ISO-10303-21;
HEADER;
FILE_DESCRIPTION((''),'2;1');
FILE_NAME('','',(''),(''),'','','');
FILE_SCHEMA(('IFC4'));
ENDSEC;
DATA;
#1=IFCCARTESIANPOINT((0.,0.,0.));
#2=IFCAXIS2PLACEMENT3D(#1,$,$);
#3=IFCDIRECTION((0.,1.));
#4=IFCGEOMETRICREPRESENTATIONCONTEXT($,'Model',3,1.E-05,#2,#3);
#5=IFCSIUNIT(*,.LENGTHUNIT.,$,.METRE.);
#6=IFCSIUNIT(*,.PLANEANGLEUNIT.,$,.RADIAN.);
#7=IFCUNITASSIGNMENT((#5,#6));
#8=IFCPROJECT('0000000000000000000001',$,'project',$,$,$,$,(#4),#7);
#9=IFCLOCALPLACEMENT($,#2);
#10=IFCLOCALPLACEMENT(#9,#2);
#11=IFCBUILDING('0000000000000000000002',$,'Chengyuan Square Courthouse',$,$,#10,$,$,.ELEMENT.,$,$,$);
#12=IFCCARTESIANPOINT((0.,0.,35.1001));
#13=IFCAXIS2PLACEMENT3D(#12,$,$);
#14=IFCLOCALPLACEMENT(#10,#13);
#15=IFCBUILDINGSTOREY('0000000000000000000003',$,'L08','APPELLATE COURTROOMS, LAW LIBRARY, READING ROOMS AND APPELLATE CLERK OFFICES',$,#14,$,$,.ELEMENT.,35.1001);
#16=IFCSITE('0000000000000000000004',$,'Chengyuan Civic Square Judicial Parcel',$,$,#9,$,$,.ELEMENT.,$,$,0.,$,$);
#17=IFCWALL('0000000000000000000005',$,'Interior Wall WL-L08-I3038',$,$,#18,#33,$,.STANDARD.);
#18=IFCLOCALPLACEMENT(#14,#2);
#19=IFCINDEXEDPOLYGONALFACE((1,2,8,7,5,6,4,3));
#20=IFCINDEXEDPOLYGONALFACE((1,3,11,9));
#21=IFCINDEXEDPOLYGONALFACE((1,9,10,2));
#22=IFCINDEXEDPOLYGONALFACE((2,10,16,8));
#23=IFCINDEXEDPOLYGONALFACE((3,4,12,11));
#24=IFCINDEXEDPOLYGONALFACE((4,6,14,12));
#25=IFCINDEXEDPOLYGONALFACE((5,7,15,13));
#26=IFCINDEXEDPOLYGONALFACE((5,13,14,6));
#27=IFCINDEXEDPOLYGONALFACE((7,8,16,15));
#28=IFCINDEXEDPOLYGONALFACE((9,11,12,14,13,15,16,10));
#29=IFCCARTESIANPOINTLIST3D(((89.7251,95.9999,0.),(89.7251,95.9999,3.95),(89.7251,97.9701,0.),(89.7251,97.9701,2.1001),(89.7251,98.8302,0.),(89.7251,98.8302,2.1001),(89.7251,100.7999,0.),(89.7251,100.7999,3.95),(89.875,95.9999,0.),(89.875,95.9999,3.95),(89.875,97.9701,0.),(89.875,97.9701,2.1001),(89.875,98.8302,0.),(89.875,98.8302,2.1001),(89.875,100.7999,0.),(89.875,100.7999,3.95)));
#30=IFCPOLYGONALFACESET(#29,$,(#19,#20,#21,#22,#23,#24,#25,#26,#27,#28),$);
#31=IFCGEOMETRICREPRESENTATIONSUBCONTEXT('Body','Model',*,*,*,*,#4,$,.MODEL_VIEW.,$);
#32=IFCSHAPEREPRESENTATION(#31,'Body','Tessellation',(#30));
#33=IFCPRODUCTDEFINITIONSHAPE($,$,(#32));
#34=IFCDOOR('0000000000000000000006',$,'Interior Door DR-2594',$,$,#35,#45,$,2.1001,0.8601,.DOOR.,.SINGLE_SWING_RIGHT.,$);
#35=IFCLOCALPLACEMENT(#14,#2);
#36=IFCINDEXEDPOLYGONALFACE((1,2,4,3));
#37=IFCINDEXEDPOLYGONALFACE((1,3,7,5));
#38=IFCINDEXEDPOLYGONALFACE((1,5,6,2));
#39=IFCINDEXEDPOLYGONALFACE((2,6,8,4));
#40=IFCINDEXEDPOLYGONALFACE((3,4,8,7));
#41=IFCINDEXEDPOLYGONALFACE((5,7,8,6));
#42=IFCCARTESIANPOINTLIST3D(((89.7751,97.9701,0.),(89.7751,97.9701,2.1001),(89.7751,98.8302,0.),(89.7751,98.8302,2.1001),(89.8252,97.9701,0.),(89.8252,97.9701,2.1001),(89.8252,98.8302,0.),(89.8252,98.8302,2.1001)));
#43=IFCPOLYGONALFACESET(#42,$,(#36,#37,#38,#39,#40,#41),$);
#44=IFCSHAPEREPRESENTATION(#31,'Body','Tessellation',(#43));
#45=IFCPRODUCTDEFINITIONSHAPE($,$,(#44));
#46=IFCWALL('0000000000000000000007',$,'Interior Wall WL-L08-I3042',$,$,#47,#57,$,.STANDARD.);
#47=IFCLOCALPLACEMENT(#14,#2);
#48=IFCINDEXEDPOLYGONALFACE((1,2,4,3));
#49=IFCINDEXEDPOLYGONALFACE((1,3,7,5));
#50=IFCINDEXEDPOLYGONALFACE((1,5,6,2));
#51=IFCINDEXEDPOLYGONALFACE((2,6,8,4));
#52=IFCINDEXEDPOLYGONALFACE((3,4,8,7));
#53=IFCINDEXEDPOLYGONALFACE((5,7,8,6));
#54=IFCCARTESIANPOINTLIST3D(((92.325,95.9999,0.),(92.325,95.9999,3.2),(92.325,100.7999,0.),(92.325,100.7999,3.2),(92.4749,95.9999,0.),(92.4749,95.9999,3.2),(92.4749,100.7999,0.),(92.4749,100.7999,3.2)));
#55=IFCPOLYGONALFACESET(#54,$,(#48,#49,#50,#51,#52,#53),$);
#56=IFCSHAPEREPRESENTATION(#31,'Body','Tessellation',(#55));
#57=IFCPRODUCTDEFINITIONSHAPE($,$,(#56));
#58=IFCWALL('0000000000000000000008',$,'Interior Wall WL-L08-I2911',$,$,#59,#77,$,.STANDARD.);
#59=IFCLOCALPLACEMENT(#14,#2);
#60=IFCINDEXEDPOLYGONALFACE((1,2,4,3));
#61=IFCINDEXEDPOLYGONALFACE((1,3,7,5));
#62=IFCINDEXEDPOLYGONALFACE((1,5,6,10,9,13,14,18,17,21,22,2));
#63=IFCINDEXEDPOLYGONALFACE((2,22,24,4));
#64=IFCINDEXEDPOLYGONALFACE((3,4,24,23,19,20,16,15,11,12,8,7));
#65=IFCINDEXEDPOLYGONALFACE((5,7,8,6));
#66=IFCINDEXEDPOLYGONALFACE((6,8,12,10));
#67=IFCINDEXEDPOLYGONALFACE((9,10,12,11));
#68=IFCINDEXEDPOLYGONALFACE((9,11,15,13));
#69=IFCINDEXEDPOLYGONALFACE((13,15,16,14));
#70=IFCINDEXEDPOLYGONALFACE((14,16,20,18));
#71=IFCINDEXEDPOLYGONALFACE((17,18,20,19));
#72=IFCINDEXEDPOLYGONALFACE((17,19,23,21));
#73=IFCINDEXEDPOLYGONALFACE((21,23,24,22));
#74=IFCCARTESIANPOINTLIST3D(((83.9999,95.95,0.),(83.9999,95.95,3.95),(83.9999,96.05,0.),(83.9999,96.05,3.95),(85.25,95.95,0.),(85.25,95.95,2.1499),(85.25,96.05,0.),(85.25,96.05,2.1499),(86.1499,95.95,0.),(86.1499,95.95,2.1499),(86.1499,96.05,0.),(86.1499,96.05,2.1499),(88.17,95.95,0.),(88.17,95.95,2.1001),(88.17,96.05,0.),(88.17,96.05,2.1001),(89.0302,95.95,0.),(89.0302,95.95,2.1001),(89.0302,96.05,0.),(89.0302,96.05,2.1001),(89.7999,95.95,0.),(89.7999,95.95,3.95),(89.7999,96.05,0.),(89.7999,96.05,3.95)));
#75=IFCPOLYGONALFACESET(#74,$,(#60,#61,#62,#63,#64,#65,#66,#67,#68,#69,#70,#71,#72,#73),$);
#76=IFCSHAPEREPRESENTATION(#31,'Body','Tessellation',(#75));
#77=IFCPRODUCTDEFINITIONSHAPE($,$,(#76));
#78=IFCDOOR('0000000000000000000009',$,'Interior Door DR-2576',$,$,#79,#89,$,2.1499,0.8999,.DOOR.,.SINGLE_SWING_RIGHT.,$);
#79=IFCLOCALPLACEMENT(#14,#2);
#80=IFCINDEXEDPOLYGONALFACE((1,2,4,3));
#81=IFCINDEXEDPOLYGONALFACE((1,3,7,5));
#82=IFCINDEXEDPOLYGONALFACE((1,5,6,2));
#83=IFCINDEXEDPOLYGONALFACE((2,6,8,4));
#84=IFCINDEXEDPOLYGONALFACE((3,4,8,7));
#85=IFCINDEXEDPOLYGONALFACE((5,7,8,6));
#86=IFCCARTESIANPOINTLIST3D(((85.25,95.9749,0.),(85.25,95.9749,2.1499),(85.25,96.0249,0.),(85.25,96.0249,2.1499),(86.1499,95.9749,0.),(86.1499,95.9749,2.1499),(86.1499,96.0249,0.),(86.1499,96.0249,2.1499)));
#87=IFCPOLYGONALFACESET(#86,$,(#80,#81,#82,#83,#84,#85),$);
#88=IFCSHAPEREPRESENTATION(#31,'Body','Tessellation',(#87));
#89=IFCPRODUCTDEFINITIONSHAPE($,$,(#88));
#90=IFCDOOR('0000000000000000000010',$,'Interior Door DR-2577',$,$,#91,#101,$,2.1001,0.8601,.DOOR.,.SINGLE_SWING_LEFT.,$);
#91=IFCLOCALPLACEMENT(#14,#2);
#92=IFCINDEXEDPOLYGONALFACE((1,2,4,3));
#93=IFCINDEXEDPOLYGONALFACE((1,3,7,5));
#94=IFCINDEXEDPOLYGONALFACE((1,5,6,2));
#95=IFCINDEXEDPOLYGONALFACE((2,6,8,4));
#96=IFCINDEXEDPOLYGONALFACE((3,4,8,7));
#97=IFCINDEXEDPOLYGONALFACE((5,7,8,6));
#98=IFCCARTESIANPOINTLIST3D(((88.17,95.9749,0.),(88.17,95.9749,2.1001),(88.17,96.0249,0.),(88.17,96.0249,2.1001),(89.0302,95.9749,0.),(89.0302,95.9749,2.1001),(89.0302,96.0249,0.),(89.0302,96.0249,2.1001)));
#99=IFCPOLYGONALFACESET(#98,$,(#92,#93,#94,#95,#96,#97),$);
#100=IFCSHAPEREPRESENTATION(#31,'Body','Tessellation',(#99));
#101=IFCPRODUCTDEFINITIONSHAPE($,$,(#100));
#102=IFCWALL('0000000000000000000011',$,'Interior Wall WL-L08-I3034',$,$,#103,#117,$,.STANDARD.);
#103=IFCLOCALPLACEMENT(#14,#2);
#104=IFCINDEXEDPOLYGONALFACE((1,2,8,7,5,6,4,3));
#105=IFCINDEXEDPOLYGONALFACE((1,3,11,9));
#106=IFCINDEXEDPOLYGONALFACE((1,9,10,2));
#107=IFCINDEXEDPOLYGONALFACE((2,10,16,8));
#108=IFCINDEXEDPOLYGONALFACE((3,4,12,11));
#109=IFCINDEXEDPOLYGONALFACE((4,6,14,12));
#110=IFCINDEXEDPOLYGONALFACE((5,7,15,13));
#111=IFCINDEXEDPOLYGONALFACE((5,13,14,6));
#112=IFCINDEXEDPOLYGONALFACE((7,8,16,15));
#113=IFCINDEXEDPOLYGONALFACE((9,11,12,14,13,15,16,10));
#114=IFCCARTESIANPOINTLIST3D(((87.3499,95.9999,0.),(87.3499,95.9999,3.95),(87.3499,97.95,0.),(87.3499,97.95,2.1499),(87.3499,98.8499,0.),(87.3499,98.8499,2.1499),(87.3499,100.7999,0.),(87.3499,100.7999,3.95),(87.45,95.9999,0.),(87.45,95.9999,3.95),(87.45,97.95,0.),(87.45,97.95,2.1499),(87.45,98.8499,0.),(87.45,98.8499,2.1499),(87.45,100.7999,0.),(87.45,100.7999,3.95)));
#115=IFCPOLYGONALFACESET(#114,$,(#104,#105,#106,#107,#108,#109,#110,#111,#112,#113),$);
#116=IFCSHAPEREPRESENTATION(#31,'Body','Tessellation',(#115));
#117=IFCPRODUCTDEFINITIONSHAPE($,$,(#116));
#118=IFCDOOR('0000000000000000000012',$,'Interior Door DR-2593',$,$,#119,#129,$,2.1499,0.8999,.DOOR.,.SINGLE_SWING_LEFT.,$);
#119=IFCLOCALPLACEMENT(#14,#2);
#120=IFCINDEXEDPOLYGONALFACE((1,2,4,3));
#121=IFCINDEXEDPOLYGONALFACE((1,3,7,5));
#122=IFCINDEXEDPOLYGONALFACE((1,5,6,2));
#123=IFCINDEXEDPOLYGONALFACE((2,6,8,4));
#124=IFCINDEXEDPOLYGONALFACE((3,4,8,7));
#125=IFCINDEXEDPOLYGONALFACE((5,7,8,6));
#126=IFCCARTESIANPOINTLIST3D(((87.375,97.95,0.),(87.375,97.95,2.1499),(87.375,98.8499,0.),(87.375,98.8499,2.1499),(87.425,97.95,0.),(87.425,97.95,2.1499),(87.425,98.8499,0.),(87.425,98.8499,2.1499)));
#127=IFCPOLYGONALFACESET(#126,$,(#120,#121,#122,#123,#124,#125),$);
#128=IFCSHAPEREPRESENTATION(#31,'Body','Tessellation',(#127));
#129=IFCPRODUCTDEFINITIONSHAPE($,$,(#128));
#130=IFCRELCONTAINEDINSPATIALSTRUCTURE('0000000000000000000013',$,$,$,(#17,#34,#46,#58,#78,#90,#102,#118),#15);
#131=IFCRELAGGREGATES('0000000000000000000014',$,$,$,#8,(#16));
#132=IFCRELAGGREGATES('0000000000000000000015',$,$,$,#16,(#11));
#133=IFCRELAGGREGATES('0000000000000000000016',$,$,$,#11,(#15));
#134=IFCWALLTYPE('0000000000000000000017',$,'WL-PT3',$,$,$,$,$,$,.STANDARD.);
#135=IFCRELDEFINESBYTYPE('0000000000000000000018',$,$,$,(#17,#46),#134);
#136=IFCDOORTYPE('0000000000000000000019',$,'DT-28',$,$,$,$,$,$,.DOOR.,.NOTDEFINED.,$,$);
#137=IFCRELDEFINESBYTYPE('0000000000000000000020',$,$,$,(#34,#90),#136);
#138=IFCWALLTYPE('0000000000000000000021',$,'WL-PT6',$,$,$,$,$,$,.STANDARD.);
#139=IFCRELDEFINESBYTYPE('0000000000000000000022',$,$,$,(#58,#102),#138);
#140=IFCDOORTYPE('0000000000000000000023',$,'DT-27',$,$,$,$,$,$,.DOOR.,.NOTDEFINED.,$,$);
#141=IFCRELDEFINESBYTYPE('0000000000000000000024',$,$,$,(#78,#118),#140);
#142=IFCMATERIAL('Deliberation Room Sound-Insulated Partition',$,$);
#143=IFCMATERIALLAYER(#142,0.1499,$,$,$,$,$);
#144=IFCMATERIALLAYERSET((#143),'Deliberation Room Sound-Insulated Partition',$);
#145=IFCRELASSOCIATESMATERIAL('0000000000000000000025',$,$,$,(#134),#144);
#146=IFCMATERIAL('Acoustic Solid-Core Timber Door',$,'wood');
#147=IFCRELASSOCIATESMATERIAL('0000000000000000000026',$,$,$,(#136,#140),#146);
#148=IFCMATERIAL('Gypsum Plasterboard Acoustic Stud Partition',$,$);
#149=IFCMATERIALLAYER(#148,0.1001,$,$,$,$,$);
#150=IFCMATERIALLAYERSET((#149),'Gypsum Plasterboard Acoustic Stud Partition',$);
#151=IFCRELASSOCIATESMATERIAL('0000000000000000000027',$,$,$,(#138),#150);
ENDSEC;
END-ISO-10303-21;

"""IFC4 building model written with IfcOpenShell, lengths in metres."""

from ifc_helpers import new_model, si_unit, direction, frame, frame_2d, origin, place, context, subcontext, project, spatial, rectangle, extrude, material, layer, layer_set, type_object, element, fill, save


model = new_model("IFC4")

# Units and contexts
model_context = context("Model", 3, precision=1e-05, world=origin(), true_north=direction((0.0, 1.0)))
body_context = subcontext(model_context, "Body", "Model", "MODEL_VIEW")
ifc_project = project(units=[si_unit("LENGTHUNIT", "METRE"), si_unit("PLANEANGLEUNIT", "RADIAN")], contexts=[model_context])

# Site, building, storey
site_placement = place(None, origin())
site = spatial("IfcSite", under=ifc_project, at=site_placement, Name="Chengyuan Civic Square Judicial Parcel", CompositionType="ELEMENT", RefElevation=0.0)
building_placement = place(site_placement, origin())
building = spatial("IfcBuilding", under=site, at=building_placement, Name="Chengyuan Square Courthouse", CompositionType="ELEMENT")
storey_placement = place(building_placement, frame((0.0, 0.0, 35.1001)))
storey = spatial("IfcBuildingStorey", under=building, at=storey_placement, Name="L08", Description="APPELLATE COURTROOMS, LAW LIBRARY, READING ROOMS AND APPELLATE CLERK OFFICES", CompositionType="ELEMENT", Elevation=35.1001)

# Shared definitions
ifc_material_1 = material(Name="Deliberation Room Sound-Insulated Partition")
ifc_layer_1 = layer(ifc_material_1, 0.1499)
ifc_layer_set_1 = layer_set([ifc_layer_1], Name="Deliberation Room Sound-Insulated Partition")
wall_type_1 = type_object("IfcWallType", Name="WL-PT3", PredefinedType="STANDARD", material=ifc_layer_set_1)
ifc_material_2 = material(Name="Acoustic Solid-Core Timber Door", Category="wood")

# Wall, opening, door
wall_1_placement = place(storey_placement, frame((89.8, 96.0, 0.0), z_axis=(0.0, 0.0, 1.0), x_axis=(0.0, 1.0, 0.0)))
wall_1 = element("IfcWall", 1, at=wall_1_placement, inside=storey, type_object=wall_type_1, Name="Interior Wall WL-L08-I3038", PredefinedType="STANDARD", context=body_context, shape_type="SweptSolid", body=[
    extrude(rectangle(XDim=4.8, YDim=0.1499, at=frame_2d((2.3999, 0.0))), origin(), (0.0, 0.0, 1.0), 3.95),
])
opening_1_placement = place(wall_1_placement, frame((1.97, 0.0, 0.0)))
opening_1 = element("IfcOpeningElement", 2, at=opening_1_placement, cuts=wall_1, PredefinedType="OPENING", context=body_context, shape_type="SweptSolid", body=[
    extrude(rectangle(XDim=0.8601, YDim=2.1001, at=frame_2d((0.4302, 1.05))), frame((0.0, 0.0869, 0.0), z_axis=(0.0, -1.0, 0.0), x_axis=(1.0, 0.0, 0.0)), (0.0, 0.0, 1.0), 0.1738),
])
door_type_1 = type_object("IfcDoorType", Name="DT-28", OperationType="NOTDEFINED", PredefinedType="DOOR", material=ifc_material_2)
door_1_placement = place(opening_1_placement, origin())
door_1 = element("IfcDoor", 3, at=door_1_placement, inside=storey, type_object=door_type_1, Name="Interior Door DR-2594", OperationType="SINGLE_SWING_RIGHT", OverallHeight=2.1001, OverallWidth=0.8601, PredefinedType="DOOR", context=body_context, shape_type="SweptSolid", body=[
    extrude(rectangle(XDim=0.8601, YDim=2.1001, at=frame_2d((0.4302, 1.05))), frame((0.0, 0.0249, 0.0), z_axis=(0.0, -1.0, 0.0), x_axis=(1.0, 0.0, 0.0)), (0.0, 0.0, 1.0), 0.05),
])
fill(opening_1, door_1)

# Wall
wall_2_placement = place(storey_placement, frame((92.3999, 96.0, 0.0), z_axis=(0.0, 0.0, 1.0), x_axis=(0.0, 1.0, 0.0)))
element("IfcWall", 4, at=wall_2_placement, inside=storey, type_object=wall_type_1, Name="Interior Wall WL-L08-I3042", PredefinedType="STANDARD", context=body_context, shape_type="SweptSolid", body=[
    extrude(rectangle(XDim=4.8, YDim=0.1499, at=frame_2d((2.3999, 0.0))), origin(), (0.0, 0.0, 1.0), 3.2),
])

# Wall, openings, doors
ifc_material_3 = material(Name="Gypsum Plasterboard Acoustic Stud Partition")
ifc_layer_2 = layer(ifc_material_3, 0.1001)
ifc_layer_set_2 = layer_set([ifc_layer_2], Name="Gypsum Plasterboard Acoustic Stud Partition")
wall_type_2 = type_object("IfcWallType", Name="WL-PT6", PredefinedType="STANDARD", material=ifc_layer_set_2)
wall_3_placement = place(storey_placement, frame((84.0, 96.0, 0.0), z_axis=(0.0, 0.0, 1.0), x_axis=(1.0, 0.0, 0.0)))
wall_3 = element("IfcWall", 5, at=wall_3_placement, inside=storey, type_object=wall_type_2, Name="Interior Wall WL-L08-I2911", PredefinedType="STANDARD", context=body_context, shape_type="SweptSolid", body=[
    extrude(rectangle(XDim=5.8, YDim=0.1001, at=frame_2d((2.8999, 0.0))), origin(), (0.0, 0.0, 1.0), 3.95),
])
opening_2_placement = place(wall_3_placement, frame((1.25, 0.0, 0.0)))
opening_2 = element("IfcOpeningElement", 6, at=opening_2_placement, cuts=wall_3, PredefinedType="OPENING", context=body_context, shape_type="SweptSolid", body=[
    extrude(rectangle(XDim=0.8999, YDim=2.1499, at=frame_2d((0.45, 1.075))), frame((0.0, 0.062, 0.0), z_axis=(0.0, -1.0, 0.0), x_axis=(1.0, 0.0, 0.0)), (0.0, 0.0, 1.0), 0.124),
])
opening_3_placement = place(wall_3_placement, frame((4.1699, 0.0, 0.0)))
opening_3 = element("IfcOpeningElement", 7, at=opening_3_placement, cuts=wall_3, PredefinedType="OPENING", context=body_context, shape_type="SweptSolid", body=[
    extrude(rectangle(XDim=0.8601, YDim=2.1001, at=frame_2d((0.4302, 1.05))), frame((0.0, 0.062, 0.0), z_axis=(0.0, -1.0, 0.0), x_axis=(1.0, 0.0, 0.0)), (0.0, 0.0, 1.0), 0.124),
])
door_type_2 = type_object("IfcDoorType", Name="DT-27", OperationType="NOTDEFINED", PredefinedType="DOOR", material=ifc_material_2)
door_2_placement = place(opening_2_placement, origin())
door_2 = element("IfcDoor", 8, at=door_2_placement, inside=storey, type_object=door_type_2, Name="Interior Door DR-2576", OperationType="SINGLE_SWING_RIGHT", OverallHeight=2.1499, OverallWidth=0.8999, PredefinedType="DOOR", context=body_context, shape_type="SweptSolid", body=[
    extrude(rectangle(XDim=0.8999, YDim=2.1499, at=frame_2d((0.45, 1.075))), frame((0.0, 0.0249, 0.0), z_axis=(0.0, -1.0, 0.0), x_axis=(1.0, 0.0, 0.0)), (0.0, 0.0, 1.0), 0.05),
])
fill(opening_2, door_2)
door_3_placement = place(opening_3_placement, origin())
door_3 = element("IfcDoor", 9, at=door_3_placement, inside=storey, type_object=door_type_1, Name="Interior Door DR-2577", OperationType="SINGLE_SWING_LEFT", OverallHeight=2.1001, OverallWidth=0.8601, PredefinedType="DOOR", context=body_context, shape_type="SweptSolid", body=[
    extrude(rectangle(XDim=0.8601, YDim=2.1001, at=frame_2d((0.4302, 1.05))), frame((0.0, 0.0249, 0.0), z_axis=(0.0, -1.0, 0.0), x_axis=(1.0, 0.0, 0.0)), (0.0, 0.0, 1.0), 0.05),
])
fill(opening_3, door_3)

# Wall, opening, door
wall_4_placement = place(storey_placement, frame((87.3999, 96.0, 0.0), z_axis=(0.0, 0.0, 1.0), x_axis=(0.0, 1.0, 0.0)))
wall_4 = element("IfcWall", 10, at=wall_4_placement, inside=storey, type_object=wall_type_2, Name="Interior Wall WL-L08-I3034", PredefinedType="STANDARD", context=body_context, shape_type="SweptSolid", body=[
    extrude(rectangle(XDim=4.8, YDim=0.1001, at=frame_2d((2.3999, 0.0))), origin(), (0.0, 0.0, 1.0), 3.95),
])
opening_4_placement = place(wall_4_placement, frame((1.95, 0.0, 0.0)))
opening_4 = element("IfcOpeningElement", 11, at=opening_4_placement, cuts=wall_4, PredefinedType="OPENING", context=body_context, shape_type="SweptSolid", body=[
    extrude(rectangle(XDim=0.8999, YDim=2.1499, at=frame_2d((0.45, 1.075))), frame((0.0, 0.062, 0.0), z_axis=(0.0, -1.0, 0.0), x_axis=(1.0, 0.0, 0.0)), (0.0, 0.0, 1.0), 0.124),
])
door_4_placement = place(opening_4_placement, origin())
door_4 = element("IfcDoor", 12, at=door_4_placement, inside=storey, type_object=door_type_2, Name="Interior Door DR-2593", OperationType="SINGLE_SWING_LEFT", OverallHeight=2.1499, OverallWidth=0.8999, PredefinedType="DOOR", context=body_context, shape_type="SweptSolid", body=[
    extrude(rectangle(XDim=0.8999, YDim=2.1499, at=frame_2d((0.45, 1.075))), frame((0.0, 0.0249, 0.0), z_axis=(0.0, -1.0, 0.0), x_axis=(1.0, 0.0, 0.0)), (0.0, 0.0, 1.0), 0.05),
])
fill(opening_4, door_4)

save(model, "model.ifc")
